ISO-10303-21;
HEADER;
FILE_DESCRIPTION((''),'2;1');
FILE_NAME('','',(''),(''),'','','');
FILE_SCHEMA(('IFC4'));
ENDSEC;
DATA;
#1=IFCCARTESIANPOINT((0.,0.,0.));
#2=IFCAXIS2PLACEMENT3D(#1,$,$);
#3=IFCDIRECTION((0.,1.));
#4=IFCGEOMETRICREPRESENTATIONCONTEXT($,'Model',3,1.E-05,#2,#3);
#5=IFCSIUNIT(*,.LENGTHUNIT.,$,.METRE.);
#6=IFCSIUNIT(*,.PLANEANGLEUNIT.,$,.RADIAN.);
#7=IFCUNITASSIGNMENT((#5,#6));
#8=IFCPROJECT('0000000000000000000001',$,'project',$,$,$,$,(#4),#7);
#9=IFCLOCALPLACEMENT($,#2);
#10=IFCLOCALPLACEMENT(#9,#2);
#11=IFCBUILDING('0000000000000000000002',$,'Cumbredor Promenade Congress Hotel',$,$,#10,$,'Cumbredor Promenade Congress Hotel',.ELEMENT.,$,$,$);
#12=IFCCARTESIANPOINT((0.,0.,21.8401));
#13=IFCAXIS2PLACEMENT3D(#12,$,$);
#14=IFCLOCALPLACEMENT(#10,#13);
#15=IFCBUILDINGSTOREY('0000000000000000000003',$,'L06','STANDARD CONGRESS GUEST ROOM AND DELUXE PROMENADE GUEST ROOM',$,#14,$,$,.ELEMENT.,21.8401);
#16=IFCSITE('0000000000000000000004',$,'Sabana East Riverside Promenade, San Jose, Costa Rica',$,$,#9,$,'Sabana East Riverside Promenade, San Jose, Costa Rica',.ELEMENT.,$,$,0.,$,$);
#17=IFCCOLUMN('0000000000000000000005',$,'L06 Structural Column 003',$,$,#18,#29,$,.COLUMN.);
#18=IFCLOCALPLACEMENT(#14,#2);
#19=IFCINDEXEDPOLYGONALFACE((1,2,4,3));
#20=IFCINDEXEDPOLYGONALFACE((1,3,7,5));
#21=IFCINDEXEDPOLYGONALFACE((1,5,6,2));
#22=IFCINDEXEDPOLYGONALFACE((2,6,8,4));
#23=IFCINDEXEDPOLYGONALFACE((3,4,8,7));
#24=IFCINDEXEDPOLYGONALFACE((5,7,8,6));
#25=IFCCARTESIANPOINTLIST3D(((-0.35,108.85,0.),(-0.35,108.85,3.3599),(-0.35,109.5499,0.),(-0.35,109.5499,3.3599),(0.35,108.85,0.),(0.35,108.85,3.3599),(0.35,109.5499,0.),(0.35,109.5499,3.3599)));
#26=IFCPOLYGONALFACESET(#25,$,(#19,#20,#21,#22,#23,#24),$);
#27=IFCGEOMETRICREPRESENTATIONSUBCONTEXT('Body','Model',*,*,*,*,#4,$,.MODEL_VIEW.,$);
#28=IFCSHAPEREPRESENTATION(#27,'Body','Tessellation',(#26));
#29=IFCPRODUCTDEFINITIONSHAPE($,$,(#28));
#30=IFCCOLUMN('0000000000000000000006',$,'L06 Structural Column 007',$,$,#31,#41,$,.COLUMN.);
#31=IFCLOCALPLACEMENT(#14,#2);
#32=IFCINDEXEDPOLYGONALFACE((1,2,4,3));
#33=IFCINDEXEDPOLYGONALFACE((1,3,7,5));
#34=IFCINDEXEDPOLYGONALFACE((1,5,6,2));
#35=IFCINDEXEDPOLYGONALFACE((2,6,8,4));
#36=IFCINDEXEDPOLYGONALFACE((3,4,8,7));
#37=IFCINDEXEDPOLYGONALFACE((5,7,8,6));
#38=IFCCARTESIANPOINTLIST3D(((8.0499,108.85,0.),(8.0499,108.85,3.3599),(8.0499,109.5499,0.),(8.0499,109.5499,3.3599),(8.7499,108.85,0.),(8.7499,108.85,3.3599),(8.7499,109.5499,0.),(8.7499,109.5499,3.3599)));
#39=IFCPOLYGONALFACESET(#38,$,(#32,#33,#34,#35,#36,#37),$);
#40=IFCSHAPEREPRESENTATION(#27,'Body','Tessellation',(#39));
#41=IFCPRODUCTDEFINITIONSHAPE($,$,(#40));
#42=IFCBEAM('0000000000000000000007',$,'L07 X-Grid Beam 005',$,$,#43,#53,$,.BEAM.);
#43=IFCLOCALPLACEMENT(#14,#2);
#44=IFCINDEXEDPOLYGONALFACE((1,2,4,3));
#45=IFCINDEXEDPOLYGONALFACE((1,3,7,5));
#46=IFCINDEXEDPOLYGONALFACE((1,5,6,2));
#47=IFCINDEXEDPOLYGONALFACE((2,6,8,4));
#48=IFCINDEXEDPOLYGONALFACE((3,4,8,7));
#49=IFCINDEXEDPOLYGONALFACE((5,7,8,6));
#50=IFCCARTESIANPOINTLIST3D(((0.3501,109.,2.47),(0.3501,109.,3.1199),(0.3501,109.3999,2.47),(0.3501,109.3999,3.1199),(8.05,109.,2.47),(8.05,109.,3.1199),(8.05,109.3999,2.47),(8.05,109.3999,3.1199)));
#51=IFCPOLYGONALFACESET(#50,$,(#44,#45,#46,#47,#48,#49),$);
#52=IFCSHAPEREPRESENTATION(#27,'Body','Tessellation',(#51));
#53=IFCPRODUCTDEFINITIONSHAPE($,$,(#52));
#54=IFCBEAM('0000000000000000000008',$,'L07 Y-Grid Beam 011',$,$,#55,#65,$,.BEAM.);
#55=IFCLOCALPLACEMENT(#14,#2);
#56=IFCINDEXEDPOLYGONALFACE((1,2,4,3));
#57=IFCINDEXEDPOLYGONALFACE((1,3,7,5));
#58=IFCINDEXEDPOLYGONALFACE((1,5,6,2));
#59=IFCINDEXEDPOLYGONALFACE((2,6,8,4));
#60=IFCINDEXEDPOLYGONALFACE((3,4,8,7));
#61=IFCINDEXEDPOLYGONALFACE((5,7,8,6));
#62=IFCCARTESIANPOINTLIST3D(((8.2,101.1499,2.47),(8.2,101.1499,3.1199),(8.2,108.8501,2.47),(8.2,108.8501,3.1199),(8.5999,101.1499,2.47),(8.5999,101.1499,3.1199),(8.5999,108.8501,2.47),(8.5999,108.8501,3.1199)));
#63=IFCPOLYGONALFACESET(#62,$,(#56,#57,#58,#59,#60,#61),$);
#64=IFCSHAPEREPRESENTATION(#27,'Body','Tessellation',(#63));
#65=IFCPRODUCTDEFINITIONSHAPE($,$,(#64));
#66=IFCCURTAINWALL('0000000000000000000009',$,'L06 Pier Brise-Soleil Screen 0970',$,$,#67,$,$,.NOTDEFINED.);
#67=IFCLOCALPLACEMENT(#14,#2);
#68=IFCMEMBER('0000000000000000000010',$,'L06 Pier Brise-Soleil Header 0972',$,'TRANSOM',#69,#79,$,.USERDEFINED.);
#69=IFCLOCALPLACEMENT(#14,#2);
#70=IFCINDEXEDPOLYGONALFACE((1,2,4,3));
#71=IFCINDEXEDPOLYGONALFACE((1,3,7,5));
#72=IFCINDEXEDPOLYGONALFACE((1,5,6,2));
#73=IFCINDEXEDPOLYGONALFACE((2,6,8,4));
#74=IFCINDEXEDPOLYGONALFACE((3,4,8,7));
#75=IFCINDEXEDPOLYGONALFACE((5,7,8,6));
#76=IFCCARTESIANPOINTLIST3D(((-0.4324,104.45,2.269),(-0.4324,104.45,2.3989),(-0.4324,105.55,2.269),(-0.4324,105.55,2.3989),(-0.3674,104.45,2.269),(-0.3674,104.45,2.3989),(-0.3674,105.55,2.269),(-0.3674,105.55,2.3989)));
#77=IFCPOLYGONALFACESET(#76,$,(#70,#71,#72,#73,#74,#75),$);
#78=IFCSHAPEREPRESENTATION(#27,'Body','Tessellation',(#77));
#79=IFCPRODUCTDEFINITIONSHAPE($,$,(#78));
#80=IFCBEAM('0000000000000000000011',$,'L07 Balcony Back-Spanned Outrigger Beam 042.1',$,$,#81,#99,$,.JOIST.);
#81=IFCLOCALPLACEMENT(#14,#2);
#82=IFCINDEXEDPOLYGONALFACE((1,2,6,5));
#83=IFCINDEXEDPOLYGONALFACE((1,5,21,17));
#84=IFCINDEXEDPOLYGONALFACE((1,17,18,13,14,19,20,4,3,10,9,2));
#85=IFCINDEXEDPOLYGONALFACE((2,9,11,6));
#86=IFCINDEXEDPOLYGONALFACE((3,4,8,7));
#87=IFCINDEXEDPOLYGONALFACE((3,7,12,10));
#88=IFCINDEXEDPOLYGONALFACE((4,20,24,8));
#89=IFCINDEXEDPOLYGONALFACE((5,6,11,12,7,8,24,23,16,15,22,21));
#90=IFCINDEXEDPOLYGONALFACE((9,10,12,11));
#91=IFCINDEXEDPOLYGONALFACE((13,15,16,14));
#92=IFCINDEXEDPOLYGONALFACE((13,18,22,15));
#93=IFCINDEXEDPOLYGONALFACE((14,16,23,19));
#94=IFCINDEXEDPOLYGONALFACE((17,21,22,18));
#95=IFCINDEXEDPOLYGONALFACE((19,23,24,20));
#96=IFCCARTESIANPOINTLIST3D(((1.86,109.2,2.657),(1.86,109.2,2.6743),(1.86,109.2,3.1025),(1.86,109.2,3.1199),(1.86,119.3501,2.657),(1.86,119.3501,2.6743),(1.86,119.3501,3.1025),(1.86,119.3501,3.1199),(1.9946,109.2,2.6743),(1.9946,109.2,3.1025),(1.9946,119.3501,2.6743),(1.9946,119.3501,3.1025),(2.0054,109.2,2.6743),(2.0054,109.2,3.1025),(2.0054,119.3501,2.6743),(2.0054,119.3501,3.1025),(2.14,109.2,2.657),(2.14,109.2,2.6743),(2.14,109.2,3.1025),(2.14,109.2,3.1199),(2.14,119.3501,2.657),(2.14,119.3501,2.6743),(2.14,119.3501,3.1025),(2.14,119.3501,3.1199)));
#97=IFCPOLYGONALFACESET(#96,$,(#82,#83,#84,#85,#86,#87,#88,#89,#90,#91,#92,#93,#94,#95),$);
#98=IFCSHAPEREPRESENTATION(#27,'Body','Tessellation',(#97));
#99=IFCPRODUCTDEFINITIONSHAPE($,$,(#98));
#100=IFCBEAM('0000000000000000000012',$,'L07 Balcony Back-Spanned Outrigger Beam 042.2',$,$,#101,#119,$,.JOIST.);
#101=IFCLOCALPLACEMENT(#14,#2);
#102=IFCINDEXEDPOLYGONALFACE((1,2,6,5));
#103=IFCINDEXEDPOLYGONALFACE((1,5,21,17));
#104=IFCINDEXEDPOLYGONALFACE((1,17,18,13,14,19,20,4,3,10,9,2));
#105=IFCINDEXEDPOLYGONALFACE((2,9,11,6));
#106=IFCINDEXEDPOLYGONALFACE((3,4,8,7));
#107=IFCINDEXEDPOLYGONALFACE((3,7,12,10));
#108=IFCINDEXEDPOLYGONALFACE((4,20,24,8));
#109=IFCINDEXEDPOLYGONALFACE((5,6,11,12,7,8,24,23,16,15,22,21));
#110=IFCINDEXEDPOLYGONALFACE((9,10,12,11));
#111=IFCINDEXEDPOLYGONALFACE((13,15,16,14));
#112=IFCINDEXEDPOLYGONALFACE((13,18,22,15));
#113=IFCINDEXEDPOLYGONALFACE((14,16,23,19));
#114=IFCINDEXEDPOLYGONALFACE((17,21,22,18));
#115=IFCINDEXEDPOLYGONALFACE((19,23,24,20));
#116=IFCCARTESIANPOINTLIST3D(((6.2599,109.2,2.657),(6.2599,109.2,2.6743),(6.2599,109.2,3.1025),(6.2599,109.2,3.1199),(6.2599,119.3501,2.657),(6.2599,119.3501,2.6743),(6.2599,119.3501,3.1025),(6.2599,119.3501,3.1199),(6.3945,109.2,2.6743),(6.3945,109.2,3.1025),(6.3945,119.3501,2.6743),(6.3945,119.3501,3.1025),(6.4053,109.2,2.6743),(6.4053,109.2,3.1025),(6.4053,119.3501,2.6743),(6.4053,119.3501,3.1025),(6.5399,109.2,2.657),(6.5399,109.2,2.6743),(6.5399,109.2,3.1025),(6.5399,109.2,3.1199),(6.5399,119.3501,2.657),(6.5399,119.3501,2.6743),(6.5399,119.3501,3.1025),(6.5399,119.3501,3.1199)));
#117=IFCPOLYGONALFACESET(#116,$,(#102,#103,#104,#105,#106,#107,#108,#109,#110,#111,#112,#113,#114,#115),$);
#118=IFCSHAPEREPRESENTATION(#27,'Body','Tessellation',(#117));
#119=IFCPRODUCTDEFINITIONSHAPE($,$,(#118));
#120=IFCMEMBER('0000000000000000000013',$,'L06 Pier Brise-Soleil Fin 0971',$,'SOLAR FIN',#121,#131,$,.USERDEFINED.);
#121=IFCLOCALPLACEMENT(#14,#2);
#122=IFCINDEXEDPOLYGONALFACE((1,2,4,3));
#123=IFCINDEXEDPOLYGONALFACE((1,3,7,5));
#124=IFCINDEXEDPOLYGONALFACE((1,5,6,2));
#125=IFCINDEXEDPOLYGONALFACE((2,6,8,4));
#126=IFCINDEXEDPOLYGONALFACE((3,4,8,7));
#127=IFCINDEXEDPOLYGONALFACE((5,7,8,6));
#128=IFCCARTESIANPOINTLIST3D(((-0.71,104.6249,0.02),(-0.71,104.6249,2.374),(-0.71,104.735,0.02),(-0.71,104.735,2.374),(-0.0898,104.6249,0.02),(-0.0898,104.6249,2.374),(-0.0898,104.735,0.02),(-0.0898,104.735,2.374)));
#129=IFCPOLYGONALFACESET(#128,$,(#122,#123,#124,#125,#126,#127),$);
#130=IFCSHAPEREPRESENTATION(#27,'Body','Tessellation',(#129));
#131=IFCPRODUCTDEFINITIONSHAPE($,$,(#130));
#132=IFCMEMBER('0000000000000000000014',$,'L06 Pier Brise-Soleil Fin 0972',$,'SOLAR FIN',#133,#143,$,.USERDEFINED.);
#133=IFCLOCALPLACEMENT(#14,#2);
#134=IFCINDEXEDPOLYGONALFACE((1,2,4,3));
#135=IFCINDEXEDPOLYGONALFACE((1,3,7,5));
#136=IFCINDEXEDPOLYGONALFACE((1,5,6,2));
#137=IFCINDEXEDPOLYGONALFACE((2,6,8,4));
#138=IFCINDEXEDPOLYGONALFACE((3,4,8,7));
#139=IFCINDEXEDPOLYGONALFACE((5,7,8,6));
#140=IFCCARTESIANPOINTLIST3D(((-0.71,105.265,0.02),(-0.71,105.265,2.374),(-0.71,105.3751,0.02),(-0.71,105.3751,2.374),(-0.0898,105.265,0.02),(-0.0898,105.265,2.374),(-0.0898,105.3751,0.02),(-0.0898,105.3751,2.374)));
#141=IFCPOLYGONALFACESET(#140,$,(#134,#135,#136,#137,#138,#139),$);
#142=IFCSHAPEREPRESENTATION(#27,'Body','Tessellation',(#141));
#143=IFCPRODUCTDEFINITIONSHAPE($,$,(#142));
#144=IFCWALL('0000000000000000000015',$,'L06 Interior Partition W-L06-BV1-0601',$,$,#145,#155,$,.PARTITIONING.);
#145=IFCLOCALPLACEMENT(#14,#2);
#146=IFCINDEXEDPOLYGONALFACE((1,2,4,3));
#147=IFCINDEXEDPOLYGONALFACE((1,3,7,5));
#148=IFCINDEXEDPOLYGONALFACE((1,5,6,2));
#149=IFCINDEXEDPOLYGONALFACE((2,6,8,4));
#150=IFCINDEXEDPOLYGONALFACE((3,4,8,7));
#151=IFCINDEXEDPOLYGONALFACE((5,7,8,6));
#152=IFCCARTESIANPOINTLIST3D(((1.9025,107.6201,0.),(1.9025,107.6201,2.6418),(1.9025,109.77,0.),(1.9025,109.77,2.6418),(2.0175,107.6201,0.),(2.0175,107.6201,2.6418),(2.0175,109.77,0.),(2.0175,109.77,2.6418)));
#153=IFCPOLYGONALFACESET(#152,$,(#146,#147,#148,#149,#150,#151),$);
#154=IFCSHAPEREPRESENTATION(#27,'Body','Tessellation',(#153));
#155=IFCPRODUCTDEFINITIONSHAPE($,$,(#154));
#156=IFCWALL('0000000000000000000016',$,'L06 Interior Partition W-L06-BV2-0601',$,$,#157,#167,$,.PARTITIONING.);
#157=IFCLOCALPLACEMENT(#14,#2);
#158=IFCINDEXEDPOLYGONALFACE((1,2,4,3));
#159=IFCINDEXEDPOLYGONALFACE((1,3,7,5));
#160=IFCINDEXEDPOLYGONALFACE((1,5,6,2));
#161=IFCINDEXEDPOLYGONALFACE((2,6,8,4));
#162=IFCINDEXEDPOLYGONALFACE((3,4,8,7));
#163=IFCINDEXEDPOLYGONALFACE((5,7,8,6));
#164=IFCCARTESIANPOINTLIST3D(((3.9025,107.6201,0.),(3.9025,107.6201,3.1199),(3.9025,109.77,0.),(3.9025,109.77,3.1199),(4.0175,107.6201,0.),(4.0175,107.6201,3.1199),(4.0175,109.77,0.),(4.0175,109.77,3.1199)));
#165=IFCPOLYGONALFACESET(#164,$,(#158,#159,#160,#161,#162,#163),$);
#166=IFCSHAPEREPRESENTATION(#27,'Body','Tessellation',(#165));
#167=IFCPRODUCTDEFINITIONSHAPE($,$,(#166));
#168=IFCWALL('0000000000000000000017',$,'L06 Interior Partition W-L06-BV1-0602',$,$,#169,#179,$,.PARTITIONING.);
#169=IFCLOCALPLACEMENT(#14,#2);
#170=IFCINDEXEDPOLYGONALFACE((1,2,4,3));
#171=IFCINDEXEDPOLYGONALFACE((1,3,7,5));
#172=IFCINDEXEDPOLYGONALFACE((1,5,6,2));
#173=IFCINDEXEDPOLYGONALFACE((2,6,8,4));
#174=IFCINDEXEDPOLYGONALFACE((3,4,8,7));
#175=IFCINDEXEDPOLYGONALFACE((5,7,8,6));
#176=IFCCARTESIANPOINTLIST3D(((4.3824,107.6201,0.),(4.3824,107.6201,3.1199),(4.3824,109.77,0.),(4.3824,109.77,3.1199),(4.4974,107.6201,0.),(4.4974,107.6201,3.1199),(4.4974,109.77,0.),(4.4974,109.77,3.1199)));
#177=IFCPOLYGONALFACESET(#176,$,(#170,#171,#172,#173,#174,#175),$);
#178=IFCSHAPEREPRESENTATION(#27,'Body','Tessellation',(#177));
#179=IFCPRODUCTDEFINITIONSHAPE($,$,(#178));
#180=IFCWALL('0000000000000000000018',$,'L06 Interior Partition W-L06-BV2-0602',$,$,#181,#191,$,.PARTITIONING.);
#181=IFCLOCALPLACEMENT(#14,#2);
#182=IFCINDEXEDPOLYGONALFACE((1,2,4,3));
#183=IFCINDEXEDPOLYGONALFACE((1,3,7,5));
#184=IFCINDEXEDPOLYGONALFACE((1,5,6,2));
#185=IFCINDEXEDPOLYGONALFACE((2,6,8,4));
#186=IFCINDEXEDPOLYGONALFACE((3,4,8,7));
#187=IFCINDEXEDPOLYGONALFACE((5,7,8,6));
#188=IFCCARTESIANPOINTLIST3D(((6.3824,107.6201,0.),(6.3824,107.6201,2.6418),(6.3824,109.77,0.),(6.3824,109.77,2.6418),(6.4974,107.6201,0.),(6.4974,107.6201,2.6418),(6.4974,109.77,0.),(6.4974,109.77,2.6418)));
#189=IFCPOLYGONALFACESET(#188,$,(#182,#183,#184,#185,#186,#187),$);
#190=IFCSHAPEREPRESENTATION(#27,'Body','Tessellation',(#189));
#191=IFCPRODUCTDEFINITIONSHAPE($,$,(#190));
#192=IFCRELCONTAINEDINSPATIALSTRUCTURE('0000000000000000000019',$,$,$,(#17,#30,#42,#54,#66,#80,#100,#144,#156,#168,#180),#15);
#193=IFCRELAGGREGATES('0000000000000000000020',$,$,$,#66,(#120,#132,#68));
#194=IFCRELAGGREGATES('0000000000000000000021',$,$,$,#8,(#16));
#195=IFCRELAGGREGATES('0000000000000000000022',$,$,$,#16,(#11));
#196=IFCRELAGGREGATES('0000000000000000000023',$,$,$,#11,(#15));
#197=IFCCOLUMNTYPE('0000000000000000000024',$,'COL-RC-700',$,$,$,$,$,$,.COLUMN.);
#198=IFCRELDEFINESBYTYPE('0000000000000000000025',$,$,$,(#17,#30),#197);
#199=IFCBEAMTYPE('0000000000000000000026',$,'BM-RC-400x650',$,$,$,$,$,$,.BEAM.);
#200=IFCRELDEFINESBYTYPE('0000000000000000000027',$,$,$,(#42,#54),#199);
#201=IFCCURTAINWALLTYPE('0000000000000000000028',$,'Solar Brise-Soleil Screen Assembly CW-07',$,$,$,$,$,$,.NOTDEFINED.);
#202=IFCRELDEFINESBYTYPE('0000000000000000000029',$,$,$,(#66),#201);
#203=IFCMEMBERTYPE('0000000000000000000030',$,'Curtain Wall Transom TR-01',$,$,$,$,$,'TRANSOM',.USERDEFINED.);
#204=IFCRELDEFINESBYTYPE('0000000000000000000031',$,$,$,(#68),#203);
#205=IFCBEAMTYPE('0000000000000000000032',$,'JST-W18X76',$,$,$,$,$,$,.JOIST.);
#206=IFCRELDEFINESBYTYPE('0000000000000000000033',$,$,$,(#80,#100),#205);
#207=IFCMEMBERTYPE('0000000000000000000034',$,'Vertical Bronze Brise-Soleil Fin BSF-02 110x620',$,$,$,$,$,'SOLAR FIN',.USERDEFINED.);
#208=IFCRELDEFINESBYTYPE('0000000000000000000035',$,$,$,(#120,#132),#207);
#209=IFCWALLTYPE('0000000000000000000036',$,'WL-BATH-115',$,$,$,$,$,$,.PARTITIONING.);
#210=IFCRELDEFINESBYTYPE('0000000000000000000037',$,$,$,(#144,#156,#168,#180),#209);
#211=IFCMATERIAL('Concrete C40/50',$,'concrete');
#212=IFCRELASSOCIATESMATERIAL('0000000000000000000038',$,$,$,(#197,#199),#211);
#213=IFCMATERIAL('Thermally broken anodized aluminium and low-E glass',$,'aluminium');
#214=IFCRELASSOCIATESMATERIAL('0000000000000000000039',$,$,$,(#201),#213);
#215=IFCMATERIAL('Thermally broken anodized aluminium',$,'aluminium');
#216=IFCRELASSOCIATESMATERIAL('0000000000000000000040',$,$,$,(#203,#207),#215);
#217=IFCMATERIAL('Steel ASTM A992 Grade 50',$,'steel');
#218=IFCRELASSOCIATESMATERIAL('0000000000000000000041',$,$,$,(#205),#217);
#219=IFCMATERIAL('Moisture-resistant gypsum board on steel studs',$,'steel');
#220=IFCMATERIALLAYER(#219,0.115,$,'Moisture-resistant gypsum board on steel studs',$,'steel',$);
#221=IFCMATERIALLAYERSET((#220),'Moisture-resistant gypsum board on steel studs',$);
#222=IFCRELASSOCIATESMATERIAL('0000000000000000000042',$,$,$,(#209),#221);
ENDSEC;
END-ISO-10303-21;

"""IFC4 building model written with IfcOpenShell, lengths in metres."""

from ifc_helpers import new_model, si_unit, direction, frame, frame_2d, origin, origin_2d, place, context, subcontext, project, spatial, rectangle, i_section, extrude, material, layer, layer_set, material_profile, profile_set, type_object, element, aggregate, save


model = new_model("IFC4")

# Units and contexts
model_context = context("Model", 3, precision=1e-05, world=origin(), true_north=direction((0.0, 1.0)))
body_context = subcontext(model_context, "Body", "Model", "MODEL_VIEW")
ifc_project = project(units=[si_unit("LENGTHUNIT", "METRE"), si_unit("PLANEANGLEUNIT", "RADIAN")], contexts=[model_context])

# Site, building, storey
site_placement = place(None, origin())
site = spatial("IfcSite", under=ifc_project, at=site_placement, Name="Sabana East Riverside Promenade, San Jose, Costa Rica", LongName="Sabana East Riverside Promenade, San Jose, Costa Rica", CompositionType="ELEMENT", RefElevation=0.0)
building_placement = place(site_placement, origin())
building = spatial("IfcBuilding", under=site, at=building_placement, Name="Cumbredor Promenade Congress Hotel", LongName="Cumbredor Promenade Congress Hotel", CompositionType="ELEMENT")
storey_placement = place(building_placement, frame((0.0, 0.0, 21.8401)))
storey = spatial("IfcBuildingStorey", under=building, at=storey_placement, Name="L06", Description="STANDARD CONGRESS GUEST ROOM AND DELUXE PROMENADE GUEST ROOM", CompositionType="ELEMENT", Elevation=21.8401)

# Columns
ifc_material_1 = material(Name="Concrete C40/50", Category="concrete")
ifc_material_profile_1 = material_profile(ifc_material_1, rectangle(XDim=0.7, YDim=0.7, at=origin_2d()), Name="RC 700x700")
ifc_profile_set_1 = profile_set([ifc_material_profile_1], Name="Concrete C40/50")
column_type = type_object("IfcColumnType", Name="COL-RC-700", PredefinedType="COLUMN", material=ifc_profile_set_1)
for number, where, z_axis, x_axis, name in (
    (1, (0.0, 109.2, 0.0), (0.0, 0.0, 1.0), (1.0, 0.0, 0.0), "L06 Structural Column 003"),
    (2, (8.3999, 109.2, 0.0), (0.0, 0.0, 1.0), (1.0, 0.0, 0.0), "L06 Structural Column 007"),
):
    element("IfcColumn", number, at=place(storey_placement, frame(where, z_axis=z_axis, x_axis=x_axis)), inside=storey, type_object=column_type, Name=name, PredefinedType="COLUMN", context=body_context, shape_type="SweptSolid", body=[
        extrude(rectangle(XDim=0.7, YDim=0.7, at=origin_2d()), origin(), (0.0, 0.0, 1.0), 3.3599),
    ])

# Beams
ifc_material_profile_2 = material_profile(ifc_material_1, rectangle(XDim=0.3999, YDim=0.6499, at=origin_2d()), Name="RC BEAM 400x650")
ifc_profile_set_2 = profile_set([ifc_material_profile_2], Name="Concrete C40/50")
beam_type_1 = type_object("IfcBeamType", Name="BM-RC-400x650", PredefinedType="BEAM", material=ifc_profile_set_2)
beam_1_placement = place(storey_placement, frame((0.3501, 109.2, 2.7949), z_axis=(1.0, 0.0, 0.0), x_axis=(0.0, 1.0, 0.0)))
element("IfcBeam", 3, at=beam_1_placement, inside=storey, type_object=beam_type_1, Name="L07 X-Grid Beam 005", PredefinedType="BEAM", context=body_context, shape_type="SweptSolid", body=[
    extrude(rectangle(XDim=0.3999, YDim=0.6499, at=origin_2d()), origin(), (0.0, 0.0, 1.0), 7.7),
])
beam_2_placement = place(storey_placement, frame((8.3999, 101.1499, 2.7949), z_axis=(0.0, 1.0, 0.0), x_axis=(-1.0, 0.0, 0.0)))
element("IfcBeam", 4, at=beam_2_placement, inside=storey, type_object=beam_type_1, Name="L07 Y-Grid Beam 011", PredefinedType="BEAM", context=body_context, shape_type="SweptSolid", body=[
    extrude(rectangle(XDim=0.3999, YDim=0.6499, at=origin_2d()), origin(), (0.0, 0.0, 1.0), 7.7002),
])

# Curtain wall, member
ifc_material_2 = material(Name="Thermally broken anodized aluminium and low-E glass", Category="aluminium")
curtain_wall_type = type_object("IfcCurtainWallType", Name="Solar Brise-Soleil Screen Assembly CW-07", PredefinedType="NOTDEFINED", material=ifc_material_2)
curtain_wall_placement = place(storey_placement, origin())
curtain_wall = element("IfcCurtainWall", 5, at=curtain_wall_placement, inside=storey, type_object=curtain_wall_type, Name="L06 Pier Brise-Soleil Screen 0970", PredefinedType="NOTDEFINED")
ifc_material_3 = material(Name="Thermally broken anodized aluminium", Category="aluminium")
ifc_material_profile_3 = material_profile(ifc_material_3, rectangle(XDim=0.0649, YDim=0.1299, at=origin_2d()), Name="ALU TRANSOM 65x130")
ifc_profile_set_3 = profile_set([ifc_material_profile_3], Name="Thermally broken anodized aluminium")
member_type_1 = type_object("IfcMemberType", Name="Curtain Wall Transom TR-01", ElementType="TRANSOM", PredefinedType="USERDEFINED", material=ifc_profile_set_3)
member_1_placement = place(storey_placement, frame((-0.3999, 104.45, 2.334), z_axis=(0.0, 1.0, 0.0), x_axis=(-1.0, 0.0, 0.0)))
member_1 = element("IfcMember", 6, at=member_1_placement, type_object=member_type_1, Name="L06 Pier Brise-Soleil Header 0972", ObjectType="TRANSOM", PredefinedType="USERDEFINED", context=body_context, shape_type="SweptSolid", body=[
    extrude(rectangle(XDim=0.0649, YDim=0.1299, at=origin_2d()), origin(), (0.0, 0.0, 1.0), 1.1001),
])

# Beams
ifc_material_4 = material(Name="Steel ASTM A992 Grade 50", Category="steel")
ifc_material_profile_4 = material_profile(ifc_material_4, i_section(OverallWidth=0.28, OverallDepth=0.4629, WebThickness=0.0107, FlangeThickness=0.0173, at=origin_2d()), Name="W18X76")
ifc_profile_set_4 = profile_set([ifc_material_profile_4], Name="Steel ASTM A992 Grade 50")
beam_type_2 = type_object("IfcBeamType", Name="JST-W18X76", PredefinedType="JOIST", material=ifc_profile_set_4)
for number, where, z_axis, x_axis, name in (
    (7, (2.0, 109.2, 2.8884), (0.0, 1.0, 0.0), (-1.0, 0.0, 0.0), "L07 Balcony Back-Spanned Outrigger Beam 042.1"),
    (8, (6.3999, 109.2, 2.8884), (0.0, 1.0, 0.0), (-1.0, 0.0, 0.0), "L07 Balcony Back-Spanned Outrigger Beam 042.2"),
):
    element("IfcBeam", number, at=place(storey_placement, frame(where, z_axis=z_axis, x_axis=x_axis)), inside=storey, type_object=beam_type_2, Name=name, PredefinedType="JOIST", context=body_context, shape_type="SweptSolid", body=[
        extrude(i_section(OverallWidth=0.28, OverallDepth=0.4629, WebThickness=0.0107, FlangeThickness=0.0173, at=origin_2d()), origin(), (0.0, 0.0, 1.0), 10.1501),
    ])

# Members
ifc_material_profile_5 = material_profile(ifc_material_3, rectangle(XDim=0.1101, YDim=0.6201, at=origin_2d()), Name="ARCH FIN 110x620")
ifc_profile_set_5 = profile_set([ifc_material_profile_5], Name="Thermally broken anodized aluminium")
member_type_2 = type_object("IfcMemberType", Name="Vertical Bronze Brise-Soleil Fin BSF-02 110x620", ElementType="SOLAR FIN", PredefinedType="USERDEFINED", material=ifc_profile_set_5)
member_2_placement = place(storey_placement, frame((-0.3999, 104.6799, 0.02), z_axis=(0.0, 0.0, 1.0), x_axis=(0.0, 1.0, 0.0)))
member_2 = element("IfcMember", 9, at=member_2_placement, type_object=member_type_2, Name="L06 Pier Brise-Soleil Fin 0971", ObjectType="SOLAR FIN", PredefinedType="USERDEFINED", context=body_context, shape_type="SweptSolid", body=[
    extrude(rectangle(XDim=0.1101, YDim=0.6201, at=origin_2d()), origin(), (0.0, 0.0, 1.0), 2.354),
])
member_3_placement = place(storey_placement, frame((-0.3999, 105.3201, 0.02), z_axis=(0.0, 0.0, 1.0), x_axis=(0.0, 1.0, 0.0)))
member_3 = element("IfcMember", 10, at=member_3_placement, type_object=member_type_2, Name="L06 Pier Brise-Soleil Fin 0972", ObjectType="SOLAR FIN", PredefinedType="USERDEFINED", context=body_context, shape_type="SweptSolid", body=[
    extrude(rectangle(XDim=0.1101, YDim=0.6201, at=origin_2d()), origin(), (0.0, 0.0, 1.0), 2.354),
])
aggregate(curtain_wall, [member_2, member_3, member_1])

# Walls
ifc_material_5 = material(Name="Moisture-resistant gypsum board on steel studs", Category="steel")
ifc_layer_1 = layer(ifc_material_5, 0.115, Name="Moisture-resistant gypsum board on steel studs", Category="steel")
ifc_layer_set_1 = layer_set([ifc_layer_1], Name="Moisture-resistant gypsum board on steel studs")
wall_type_1 = type_object("IfcWallType", Name="WL-BATH-115", PredefinedType="PARTITIONING", material=ifc_layer_set_1)
wall_1_placement = place(storey_placement, frame((1.96, 107.6201, 0.0), z_axis=(0.0, 0.0, 1.0), x_axis=(0.0, 1.0, 0.0)))
element("IfcWall", 11, at=wall_1_placement, inside=storey, type_object=wall_type_1, Name="L06 Interior Partition W-L06-BV1-0601", PredefinedType="PARTITIONING", context=body_context, shape_type="SweptSolid", body=[
    extrude(rectangle(XDim=2.1499, YDim=0.115, at=frame_2d((1.075, 0.0))), origin(), (0.0, 0.0, 1.0), 2.6418),
])
for number, where, z_axis, x_axis, name in (
    (12, (3.96, 107.6201, 0.0), (0.0, 0.0, 1.0), (0.0, 1.0, 0.0), "L06 Interior Partition W-L06-BV2-0601"),
    (13, (4.4399, 107.6201, 0.0), (0.0, 0.0, 1.0), (0.0, 1.0, 0.0), "L06 Interior Partition W-L06-BV1-0602"),
):
    element("IfcWall", number, at=place(storey_placement, frame(where, z_axis=z_axis, x_axis=x_axis)), inside=storey, type_object=wall_type_1, Name=name, PredefinedType="PARTITIONING", context=body_context, shape_type="SweptSolid", body=[
        extrude(rectangle(XDim=2.1499, YDim=0.115, at=frame_2d((1.075, 0.0))), origin(), (0.0, 0.0, 1.0), 3.1199),
    ])
wall_2_placement = place(storey_placement, frame((6.4399, 107.6201, 0.0), z_axis=(0.0, 0.0, 1.0), x_axis=(0.0, 1.0, 0.0)))
element("IfcWall", 14, at=wall_2_placement, inside=storey, type_object=wall_type_1, Name="L06 Interior Partition W-L06-BV2-0602", PredefinedType="PARTITIONING", context=body_context, shape_type="SweptSolid", body=[
    extrude(rectangle(XDim=2.1499, YDim=0.115, at=frame_2d((1.075, 0.0))), origin(), (0.0, 0.0, 1.0), 2.6418),
])

save(model, "model.ifc")
